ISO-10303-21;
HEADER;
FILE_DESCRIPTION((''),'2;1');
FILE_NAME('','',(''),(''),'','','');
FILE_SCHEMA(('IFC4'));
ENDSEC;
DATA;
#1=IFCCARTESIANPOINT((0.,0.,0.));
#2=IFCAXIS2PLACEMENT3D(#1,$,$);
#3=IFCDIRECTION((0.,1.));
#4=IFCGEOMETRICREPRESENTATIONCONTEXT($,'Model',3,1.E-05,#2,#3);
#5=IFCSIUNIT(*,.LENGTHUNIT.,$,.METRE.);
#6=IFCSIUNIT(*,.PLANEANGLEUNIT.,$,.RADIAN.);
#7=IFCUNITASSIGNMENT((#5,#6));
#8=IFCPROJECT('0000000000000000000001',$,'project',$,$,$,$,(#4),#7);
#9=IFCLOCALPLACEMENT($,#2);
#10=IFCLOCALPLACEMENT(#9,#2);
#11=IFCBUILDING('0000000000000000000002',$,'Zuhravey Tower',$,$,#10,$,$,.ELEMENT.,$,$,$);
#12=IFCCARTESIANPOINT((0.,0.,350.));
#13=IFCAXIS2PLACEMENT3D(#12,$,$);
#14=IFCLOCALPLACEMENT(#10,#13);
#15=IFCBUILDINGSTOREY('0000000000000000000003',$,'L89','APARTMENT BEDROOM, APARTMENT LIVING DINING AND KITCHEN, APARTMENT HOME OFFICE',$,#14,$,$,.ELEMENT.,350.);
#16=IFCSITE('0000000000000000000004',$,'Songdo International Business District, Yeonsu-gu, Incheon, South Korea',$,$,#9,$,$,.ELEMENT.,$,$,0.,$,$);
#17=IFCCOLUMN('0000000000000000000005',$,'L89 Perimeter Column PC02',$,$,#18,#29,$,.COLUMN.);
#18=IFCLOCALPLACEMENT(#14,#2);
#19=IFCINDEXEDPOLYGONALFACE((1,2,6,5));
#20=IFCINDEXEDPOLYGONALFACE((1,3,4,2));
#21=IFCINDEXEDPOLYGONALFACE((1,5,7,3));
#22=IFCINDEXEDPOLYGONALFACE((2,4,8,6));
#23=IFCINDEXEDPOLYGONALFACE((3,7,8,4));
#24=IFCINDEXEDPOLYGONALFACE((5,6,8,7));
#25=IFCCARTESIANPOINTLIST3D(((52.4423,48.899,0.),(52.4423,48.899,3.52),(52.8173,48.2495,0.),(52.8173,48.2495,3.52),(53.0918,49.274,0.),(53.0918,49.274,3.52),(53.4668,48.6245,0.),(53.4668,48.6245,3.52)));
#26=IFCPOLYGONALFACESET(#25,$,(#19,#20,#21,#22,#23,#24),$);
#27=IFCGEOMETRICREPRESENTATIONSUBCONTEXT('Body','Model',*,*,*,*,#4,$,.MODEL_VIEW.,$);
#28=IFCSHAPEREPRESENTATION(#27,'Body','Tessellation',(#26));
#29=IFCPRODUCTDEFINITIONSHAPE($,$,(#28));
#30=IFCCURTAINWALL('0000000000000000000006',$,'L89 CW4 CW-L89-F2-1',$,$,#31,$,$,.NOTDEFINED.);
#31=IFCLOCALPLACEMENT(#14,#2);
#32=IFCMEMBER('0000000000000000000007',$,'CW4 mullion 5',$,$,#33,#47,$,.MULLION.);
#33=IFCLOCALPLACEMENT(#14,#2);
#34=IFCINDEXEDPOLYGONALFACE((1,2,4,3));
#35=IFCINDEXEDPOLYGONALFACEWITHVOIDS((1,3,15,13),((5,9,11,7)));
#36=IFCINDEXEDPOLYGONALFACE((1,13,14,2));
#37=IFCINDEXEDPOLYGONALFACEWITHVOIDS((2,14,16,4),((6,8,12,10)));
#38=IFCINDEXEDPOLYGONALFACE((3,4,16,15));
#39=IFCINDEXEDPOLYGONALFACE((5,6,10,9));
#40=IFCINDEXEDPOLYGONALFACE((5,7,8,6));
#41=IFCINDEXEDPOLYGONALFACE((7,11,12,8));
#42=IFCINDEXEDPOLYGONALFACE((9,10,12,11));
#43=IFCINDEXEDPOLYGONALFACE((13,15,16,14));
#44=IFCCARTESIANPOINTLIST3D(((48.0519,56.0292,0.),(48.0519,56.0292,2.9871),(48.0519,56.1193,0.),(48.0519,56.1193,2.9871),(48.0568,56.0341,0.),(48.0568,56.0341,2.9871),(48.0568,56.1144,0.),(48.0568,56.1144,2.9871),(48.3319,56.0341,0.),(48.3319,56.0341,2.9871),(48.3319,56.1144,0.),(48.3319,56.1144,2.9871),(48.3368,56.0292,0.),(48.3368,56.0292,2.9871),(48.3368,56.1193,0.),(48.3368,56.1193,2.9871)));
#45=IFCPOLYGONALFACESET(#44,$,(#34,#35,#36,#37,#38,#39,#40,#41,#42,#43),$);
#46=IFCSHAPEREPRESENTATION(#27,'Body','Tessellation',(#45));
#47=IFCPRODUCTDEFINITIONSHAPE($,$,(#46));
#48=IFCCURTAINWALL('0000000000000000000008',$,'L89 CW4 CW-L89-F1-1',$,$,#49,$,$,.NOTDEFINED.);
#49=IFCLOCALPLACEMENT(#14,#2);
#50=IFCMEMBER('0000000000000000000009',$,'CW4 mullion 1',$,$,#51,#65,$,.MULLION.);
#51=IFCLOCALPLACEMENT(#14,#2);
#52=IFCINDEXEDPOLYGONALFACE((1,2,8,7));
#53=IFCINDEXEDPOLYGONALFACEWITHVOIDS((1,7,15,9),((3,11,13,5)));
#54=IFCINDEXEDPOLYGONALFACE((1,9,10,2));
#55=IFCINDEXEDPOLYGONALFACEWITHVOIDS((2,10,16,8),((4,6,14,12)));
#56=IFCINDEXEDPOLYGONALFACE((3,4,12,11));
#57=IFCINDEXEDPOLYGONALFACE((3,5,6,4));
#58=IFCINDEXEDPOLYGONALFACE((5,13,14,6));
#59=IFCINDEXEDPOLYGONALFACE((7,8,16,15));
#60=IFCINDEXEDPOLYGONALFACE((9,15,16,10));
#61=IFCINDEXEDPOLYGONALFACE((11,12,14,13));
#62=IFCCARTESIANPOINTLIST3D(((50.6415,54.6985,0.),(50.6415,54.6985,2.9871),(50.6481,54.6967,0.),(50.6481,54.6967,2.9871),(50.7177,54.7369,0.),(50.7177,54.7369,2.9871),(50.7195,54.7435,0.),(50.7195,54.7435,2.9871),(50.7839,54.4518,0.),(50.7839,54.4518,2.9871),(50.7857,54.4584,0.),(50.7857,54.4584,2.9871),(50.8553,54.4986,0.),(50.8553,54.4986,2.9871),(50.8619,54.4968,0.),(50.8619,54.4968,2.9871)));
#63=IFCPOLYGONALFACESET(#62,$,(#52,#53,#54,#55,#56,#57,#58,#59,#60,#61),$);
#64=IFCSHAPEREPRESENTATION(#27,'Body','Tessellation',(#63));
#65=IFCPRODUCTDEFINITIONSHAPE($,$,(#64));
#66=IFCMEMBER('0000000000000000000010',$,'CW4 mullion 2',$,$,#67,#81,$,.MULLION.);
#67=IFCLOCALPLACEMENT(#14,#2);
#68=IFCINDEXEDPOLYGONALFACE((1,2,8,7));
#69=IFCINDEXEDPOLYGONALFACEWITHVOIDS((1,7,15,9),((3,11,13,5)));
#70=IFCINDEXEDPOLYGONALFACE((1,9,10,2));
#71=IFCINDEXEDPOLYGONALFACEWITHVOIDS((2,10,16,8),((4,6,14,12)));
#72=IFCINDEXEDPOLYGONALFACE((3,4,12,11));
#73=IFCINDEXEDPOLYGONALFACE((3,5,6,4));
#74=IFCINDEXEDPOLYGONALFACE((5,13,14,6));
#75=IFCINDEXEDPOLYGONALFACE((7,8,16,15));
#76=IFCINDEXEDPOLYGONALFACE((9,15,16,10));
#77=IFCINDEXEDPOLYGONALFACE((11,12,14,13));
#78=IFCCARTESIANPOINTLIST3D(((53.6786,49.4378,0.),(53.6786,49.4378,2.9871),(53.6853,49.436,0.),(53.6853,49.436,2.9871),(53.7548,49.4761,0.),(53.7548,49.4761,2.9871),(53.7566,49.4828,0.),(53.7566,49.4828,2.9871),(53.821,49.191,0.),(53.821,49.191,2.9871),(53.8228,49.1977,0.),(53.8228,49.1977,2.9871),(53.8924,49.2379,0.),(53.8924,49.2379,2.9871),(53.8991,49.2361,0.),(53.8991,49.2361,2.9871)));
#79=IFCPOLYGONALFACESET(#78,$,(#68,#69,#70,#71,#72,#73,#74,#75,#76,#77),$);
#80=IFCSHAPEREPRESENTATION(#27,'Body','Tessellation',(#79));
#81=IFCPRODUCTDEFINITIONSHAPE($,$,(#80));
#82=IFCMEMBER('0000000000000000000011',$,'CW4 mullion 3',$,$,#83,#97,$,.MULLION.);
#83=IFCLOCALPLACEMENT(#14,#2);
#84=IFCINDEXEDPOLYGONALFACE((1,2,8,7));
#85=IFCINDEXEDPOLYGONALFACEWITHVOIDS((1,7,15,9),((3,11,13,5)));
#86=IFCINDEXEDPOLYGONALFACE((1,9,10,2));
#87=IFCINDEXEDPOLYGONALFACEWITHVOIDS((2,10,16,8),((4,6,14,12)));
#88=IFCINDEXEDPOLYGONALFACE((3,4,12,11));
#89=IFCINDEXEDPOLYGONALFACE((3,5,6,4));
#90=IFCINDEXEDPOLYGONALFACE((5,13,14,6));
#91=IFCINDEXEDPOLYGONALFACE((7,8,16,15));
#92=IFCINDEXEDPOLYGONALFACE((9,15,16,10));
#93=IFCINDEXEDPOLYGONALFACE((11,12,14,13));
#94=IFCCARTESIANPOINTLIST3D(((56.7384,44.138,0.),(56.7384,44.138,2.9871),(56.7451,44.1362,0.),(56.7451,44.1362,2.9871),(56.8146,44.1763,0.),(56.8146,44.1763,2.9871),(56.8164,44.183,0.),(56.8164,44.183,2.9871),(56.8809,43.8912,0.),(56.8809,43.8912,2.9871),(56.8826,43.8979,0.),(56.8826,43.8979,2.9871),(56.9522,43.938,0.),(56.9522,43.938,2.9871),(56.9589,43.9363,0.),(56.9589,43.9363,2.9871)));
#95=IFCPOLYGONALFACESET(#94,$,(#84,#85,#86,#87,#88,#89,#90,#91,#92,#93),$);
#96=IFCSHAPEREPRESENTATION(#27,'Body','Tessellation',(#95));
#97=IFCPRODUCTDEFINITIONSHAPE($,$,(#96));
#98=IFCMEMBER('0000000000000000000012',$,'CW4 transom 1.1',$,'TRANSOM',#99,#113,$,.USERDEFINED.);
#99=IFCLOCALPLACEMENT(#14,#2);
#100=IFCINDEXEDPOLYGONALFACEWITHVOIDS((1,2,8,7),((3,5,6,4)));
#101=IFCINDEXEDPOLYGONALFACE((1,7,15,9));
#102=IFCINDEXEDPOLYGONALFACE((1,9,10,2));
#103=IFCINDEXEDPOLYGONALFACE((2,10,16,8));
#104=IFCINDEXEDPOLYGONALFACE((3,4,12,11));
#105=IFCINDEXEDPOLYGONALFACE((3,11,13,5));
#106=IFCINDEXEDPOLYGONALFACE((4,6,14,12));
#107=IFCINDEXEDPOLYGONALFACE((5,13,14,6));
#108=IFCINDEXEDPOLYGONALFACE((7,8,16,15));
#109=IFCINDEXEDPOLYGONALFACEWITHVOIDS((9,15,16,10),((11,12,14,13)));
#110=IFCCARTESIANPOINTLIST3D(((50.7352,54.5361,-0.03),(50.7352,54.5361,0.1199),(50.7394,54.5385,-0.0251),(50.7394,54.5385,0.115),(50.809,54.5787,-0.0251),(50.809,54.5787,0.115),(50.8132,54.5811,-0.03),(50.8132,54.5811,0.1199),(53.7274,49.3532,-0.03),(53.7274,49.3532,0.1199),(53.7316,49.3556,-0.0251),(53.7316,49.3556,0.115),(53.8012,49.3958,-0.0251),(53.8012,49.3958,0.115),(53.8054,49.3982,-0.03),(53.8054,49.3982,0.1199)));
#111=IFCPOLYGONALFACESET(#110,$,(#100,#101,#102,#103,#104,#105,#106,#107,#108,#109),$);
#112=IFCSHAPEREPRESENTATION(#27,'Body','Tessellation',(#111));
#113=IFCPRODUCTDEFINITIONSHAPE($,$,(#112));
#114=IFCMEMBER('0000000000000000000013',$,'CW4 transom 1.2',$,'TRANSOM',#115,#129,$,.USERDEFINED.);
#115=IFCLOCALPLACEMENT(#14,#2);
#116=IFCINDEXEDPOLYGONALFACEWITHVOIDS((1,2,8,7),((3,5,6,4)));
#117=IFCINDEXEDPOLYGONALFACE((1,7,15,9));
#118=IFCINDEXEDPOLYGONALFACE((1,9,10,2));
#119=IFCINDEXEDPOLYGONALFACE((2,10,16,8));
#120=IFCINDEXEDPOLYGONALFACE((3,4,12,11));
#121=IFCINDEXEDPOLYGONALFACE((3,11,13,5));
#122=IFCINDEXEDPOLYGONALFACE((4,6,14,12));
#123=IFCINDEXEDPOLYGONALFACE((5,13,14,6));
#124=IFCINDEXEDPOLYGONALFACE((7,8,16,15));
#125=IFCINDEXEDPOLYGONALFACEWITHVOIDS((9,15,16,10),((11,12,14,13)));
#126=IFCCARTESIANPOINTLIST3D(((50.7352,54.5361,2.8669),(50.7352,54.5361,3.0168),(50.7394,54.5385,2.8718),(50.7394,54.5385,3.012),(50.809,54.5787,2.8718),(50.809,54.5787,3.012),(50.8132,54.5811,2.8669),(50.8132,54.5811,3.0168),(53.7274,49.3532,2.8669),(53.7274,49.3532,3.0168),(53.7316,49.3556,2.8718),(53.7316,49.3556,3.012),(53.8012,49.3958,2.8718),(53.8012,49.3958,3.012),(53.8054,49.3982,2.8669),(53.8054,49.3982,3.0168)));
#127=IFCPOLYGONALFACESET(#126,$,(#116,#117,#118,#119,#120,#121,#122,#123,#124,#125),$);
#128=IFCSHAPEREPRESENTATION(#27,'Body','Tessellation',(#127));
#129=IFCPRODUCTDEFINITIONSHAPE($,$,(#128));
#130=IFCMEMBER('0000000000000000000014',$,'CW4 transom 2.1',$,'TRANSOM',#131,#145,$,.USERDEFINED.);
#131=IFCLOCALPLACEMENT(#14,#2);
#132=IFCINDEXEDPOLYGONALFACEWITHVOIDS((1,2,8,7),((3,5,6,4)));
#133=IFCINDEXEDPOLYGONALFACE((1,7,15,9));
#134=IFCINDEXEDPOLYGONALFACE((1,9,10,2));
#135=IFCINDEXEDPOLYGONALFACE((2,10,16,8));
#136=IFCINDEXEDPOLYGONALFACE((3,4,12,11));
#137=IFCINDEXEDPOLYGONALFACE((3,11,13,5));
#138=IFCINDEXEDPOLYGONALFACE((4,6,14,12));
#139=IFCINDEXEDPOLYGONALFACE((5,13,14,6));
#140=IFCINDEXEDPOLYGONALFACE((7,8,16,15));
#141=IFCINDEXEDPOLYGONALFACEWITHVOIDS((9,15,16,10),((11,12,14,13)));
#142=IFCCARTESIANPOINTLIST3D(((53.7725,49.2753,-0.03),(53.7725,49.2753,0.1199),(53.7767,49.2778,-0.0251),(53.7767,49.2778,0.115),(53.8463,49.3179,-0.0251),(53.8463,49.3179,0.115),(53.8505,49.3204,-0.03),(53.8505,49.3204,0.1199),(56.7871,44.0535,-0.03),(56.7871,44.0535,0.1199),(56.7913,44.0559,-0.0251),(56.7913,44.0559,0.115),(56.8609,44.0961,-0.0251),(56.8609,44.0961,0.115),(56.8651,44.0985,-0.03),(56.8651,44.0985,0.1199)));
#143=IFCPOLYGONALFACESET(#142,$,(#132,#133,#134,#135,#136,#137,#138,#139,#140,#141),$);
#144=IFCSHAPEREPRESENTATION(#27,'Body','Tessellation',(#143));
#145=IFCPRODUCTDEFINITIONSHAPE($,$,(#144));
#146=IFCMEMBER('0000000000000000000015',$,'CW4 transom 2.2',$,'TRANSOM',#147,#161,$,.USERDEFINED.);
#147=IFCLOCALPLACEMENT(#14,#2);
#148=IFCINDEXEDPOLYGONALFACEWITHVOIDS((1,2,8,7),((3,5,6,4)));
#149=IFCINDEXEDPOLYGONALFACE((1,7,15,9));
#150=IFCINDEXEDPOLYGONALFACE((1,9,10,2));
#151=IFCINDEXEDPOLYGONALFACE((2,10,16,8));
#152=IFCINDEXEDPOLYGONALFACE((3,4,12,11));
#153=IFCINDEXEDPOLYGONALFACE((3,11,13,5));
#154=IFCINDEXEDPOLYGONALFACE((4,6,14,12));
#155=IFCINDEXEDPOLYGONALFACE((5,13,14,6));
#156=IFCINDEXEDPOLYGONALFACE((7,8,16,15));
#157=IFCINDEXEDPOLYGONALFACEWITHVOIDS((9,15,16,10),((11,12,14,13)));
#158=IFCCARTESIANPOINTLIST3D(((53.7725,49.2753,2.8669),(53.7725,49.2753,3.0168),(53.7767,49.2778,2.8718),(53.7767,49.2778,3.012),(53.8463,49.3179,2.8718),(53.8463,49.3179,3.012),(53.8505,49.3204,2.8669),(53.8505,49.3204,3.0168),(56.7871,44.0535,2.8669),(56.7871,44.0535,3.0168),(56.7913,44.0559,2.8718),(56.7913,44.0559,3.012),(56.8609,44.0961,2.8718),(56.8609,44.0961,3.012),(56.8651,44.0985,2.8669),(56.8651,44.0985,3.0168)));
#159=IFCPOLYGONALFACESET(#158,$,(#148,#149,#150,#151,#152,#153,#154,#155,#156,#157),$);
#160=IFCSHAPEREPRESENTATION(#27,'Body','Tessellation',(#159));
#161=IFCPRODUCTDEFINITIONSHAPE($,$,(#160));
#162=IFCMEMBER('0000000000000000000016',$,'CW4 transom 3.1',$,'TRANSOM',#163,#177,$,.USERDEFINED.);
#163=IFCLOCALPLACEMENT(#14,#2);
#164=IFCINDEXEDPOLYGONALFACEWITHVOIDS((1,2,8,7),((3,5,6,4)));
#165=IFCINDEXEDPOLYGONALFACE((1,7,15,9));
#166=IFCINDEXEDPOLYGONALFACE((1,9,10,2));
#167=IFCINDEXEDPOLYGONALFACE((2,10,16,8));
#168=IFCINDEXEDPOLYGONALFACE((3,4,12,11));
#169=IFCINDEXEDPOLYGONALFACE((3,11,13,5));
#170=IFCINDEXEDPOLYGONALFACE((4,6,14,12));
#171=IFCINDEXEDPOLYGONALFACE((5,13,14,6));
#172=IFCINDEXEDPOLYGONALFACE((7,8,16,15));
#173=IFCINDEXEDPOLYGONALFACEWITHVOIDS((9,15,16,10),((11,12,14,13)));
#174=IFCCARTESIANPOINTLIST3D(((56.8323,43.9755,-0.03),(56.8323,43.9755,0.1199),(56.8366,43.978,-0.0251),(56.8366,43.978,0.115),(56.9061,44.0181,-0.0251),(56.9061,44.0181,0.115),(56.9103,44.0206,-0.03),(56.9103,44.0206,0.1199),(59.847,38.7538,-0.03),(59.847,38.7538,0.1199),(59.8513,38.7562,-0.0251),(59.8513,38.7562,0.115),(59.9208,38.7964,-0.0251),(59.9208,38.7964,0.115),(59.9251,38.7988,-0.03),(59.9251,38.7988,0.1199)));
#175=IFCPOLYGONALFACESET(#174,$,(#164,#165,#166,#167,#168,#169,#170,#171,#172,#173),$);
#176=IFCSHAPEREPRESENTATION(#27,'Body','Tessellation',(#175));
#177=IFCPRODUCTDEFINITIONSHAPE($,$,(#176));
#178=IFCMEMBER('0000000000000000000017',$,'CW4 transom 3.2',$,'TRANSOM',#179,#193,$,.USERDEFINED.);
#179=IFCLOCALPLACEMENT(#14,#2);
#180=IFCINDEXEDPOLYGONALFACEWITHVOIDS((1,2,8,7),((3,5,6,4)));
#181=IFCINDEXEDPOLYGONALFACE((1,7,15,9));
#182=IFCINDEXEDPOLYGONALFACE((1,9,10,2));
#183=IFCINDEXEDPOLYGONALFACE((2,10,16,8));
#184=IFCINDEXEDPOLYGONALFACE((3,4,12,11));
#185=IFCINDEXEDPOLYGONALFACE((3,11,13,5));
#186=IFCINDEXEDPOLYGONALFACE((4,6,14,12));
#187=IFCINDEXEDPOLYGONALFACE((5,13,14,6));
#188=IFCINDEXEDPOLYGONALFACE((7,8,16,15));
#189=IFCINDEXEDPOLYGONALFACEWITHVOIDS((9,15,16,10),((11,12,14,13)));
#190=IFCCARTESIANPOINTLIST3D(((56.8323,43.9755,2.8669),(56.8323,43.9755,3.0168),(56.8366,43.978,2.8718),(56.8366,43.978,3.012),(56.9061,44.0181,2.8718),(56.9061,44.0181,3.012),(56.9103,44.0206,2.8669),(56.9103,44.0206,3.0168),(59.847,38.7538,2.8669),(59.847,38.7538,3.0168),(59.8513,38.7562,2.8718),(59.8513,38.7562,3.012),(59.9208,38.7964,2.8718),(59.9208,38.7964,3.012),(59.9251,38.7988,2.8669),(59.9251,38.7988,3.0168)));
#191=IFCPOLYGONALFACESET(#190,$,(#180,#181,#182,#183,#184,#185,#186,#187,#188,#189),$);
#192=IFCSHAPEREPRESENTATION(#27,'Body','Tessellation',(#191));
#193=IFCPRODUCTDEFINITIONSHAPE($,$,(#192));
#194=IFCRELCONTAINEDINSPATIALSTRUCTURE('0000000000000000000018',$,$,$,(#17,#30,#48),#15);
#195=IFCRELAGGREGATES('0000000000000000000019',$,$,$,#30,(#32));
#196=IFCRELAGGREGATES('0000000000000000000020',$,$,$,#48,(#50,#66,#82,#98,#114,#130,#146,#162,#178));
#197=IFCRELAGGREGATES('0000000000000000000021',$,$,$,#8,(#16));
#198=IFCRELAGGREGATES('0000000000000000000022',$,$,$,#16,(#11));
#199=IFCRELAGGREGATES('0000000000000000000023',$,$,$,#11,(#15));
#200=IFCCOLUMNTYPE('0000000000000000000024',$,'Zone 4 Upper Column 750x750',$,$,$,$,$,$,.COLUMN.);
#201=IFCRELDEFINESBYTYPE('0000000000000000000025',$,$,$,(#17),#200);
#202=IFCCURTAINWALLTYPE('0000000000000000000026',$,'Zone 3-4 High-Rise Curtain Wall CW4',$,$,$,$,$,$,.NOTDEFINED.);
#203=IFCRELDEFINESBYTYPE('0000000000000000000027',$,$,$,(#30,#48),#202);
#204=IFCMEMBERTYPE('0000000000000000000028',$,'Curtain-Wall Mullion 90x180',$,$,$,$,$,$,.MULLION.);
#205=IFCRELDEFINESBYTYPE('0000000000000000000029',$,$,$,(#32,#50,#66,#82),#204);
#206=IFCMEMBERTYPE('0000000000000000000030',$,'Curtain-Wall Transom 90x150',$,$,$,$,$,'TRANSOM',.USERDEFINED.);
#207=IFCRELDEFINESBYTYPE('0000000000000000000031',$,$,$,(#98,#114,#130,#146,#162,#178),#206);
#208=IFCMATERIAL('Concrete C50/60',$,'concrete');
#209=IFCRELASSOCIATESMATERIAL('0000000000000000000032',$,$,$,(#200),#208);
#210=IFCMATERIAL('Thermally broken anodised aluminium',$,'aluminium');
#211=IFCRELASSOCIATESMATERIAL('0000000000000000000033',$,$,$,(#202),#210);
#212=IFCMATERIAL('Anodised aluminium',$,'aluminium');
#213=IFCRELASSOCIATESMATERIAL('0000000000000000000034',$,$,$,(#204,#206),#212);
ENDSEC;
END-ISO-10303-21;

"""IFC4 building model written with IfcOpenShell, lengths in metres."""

from ifc_helpers import new_model, si_unit, direction, frame, origin, origin_2d, place, context, subcontext, project, spatial, rectangle, hollow_rectangle, extrude, material, material_profile, profile_set, type_object, element, aggregate, save


model = new_model("IFC4")

# Units and contexts
model_context = context("Model", 3, precision=1e-05, world=origin(), true_north=direction((0.0, 1.0)))
body_context = subcontext(model_context, "Body", "Model", "MODEL_VIEW")
ifc_project = project(units=[si_unit("LENGTHUNIT", "METRE"), si_unit("PLANEANGLEUNIT", "RADIAN")], contexts=[model_context])

# Site, building, storey
site_placement = place(None, origin())
site = spatial("IfcSite", under=ifc_project, at=site_placement, Name="Songdo International Business District, Yeonsu-gu, Incheon, South Korea", CompositionType="ELEMENT", RefElevation=0.0)
building_placement = place(site_placement, origin())
building = spatial("IfcBuilding", under=site, at=building_placement, Name="Zuhravey Tower", CompositionType="ELEMENT")
storey_placement = place(building_placement, frame((0.0, 0.0, 350.0)))
storey = spatial("IfcBuildingStorey", under=building, at=storey_placement, Name="L89", Description="APARTMENT BEDROOM, APARTMENT LIVING DINING AND KITCHEN, APARTMENT HOME OFFICE", CompositionType="ELEMENT", Elevation=350.0)

# Column
ifc_material_1 = material(Name="Concrete C50/60", Category="concrete")
ifc_material_profile_1 = material_profile(ifc_material_1, rectangle(XDim=0.75, YDim=0.75, at=origin_2d()), Name="RC-750x750")
ifc_profile_set_1 = profile_set([ifc_material_profile_1], Name="Concrete C50/60")
column_type = type_object("IfcColumnType", Name="Zone 4 Upper Column 750x750", PredefinedType="COLUMN", material=ifc_profile_set_1)
column_placement = place(storey_placement, frame((52.9546, 48.7617, 0.0), z_axis=(0.0, 0.0, 1.0), x_axis=(-0.5, 0.866025, 0.0)))
element("IfcColumn", 1, at=column_placement, inside=storey, type_object=column_type, Name="L89 Perimeter Column PC02", PredefinedType="COLUMN", context=body_context, shape_type="SweptSolid", body=[
    extrude(rectangle(XDim=0.75, YDim=0.75, at=origin_2d()), origin(), (0.0, 0.0, 1.0), 3.52),
])

# Curtain wall, member
ifc_material_2 = material(Name="Thermally broken anodised aluminium", Category="aluminium")
curtain_wall_type = type_object("IfcCurtainWallType", Name="Zone 3-4 High-Rise Curtain Wall CW4", PredefinedType="NOTDEFINED", material=ifc_material_2)
curtain_wall_1_placement = place(storey_placement, origin())
curtain_wall_1 = element("IfcCurtainWall", 2, at=curtain_wall_1_placement, inside=storey, type_object=curtain_wall_type, Name="L89 CW4 CW-L89-F2-1", PredefinedType="NOTDEFINED")
ifc_material_3 = material(Name="Anodised aluminium", Category="aluminium")
ifc_material_profile_2 = material_profile(ifc_material_3, hollow_rectangle(XDim=0.0901, YDim=0.2849, WallThickness=0.0049, at=origin_2d()), Name="ALU-RHS-90x285x5")
ifc_profile_set_2 = profile_set([ifc_material_profile_2], Name="Anodised aluminium")
member_type_1 = type_object("IfcMemberType", Name="Curtain-Wall Mullion 90x180", PredefinedType="MULLION", material=ifc_profile_set_2)
member_1_placement = place(storey_placement, frame((48.1943, 56.0742, 0.0), z_axis=(0.0, 0.0, 1.0), x_axis=(0.0, 1.0, 0.0)))
member_1 = element("IfcMember", 3, at=member_1_placement, type_object=member_type_1, Name="CW4 mullion 5", PredefinedType="MULLION", context=body_context, shape_type="SweptSolid", body=[
    extrude(hollow_rectangle(XDim=0.0901, YDim=0.2849, WallThickness=0.0049, at=origin_2d()), origin(), (0.0, 0.0, 1.0), 2.9871),
])
aggregate(curtain_wall_1, [member_1])

# Curtain wall, members
curtain_wall_2_placement = place(storey_placement, origin())
curtain_wall_2 = element("IfcCurtainWall", 4, at=curtain_wall_2_placement, inside=storey, type_object=curtain_wall_type, Name="L89 CW4 CW-L89-F1-1", PredefinedType="NOTDEFINED")
member_2_placement = place(storey_placement, frame((50.7517, 54.5977, 0.0), z_axis=(0.0, 0.0, 1.0), x_axis=(0.866026, 0.5, 0.0)))
member_2 = element("IfcMember", 5, at=member_2_placement, type_object=member_type_1, Name="CW4 mullion 1", PredefinedType="MULLION", context=body_context, shape_type="SweptSolid", body=[
    extrude(hollow_rectangle(XDim=0.0901, YDim=0.2849, WallThickness=0.0049, at=origin_2d()), origin(), (0.0, 0.0, 1.0), 2.9871),
])
member_3_placement = place(storey_placement, frame((53.7888, 49.3369, 0.0), z_axis=(0.0, 0.0, 1.0), x_axis=(0.866026, 0.5, 0.0)))
member_3 = element("IfcMember", 6, at=member_3_placement, type_object=member_type_1, Name="CW4 mullion 2", PredefinedType="MULLION", context=body_context, shape_type="SweptSolid", body=[
    extrude(hollow_rectangle(XDim=0.0901, YDim=0.2849, WallThickness=0.0049, at=origin_2d()), origin(), (0.0, 0.0, 1.0), 2.9871),
])
member_4_placement = place(storey_placement, frame((56.8486, 44.0371, 0.0), z_axis=(0.0, 0.0, 1.0), x_axis=(0.866026, 0.5, 0.0)))
member_4 = element("IfcMember", 7, at=member_4_placement, type_object=member_type_1, Name="CW4 mullion 3", PredefinedType="MULLION", context=body_context, shape_type="SweptSolid", body=[
    extrude(hollow_rectangle(XDim=0.0901, YDim=0.2849, WallThickness=0.0049, at=origin_2d()), origin(), (0.0, 0.0, 1.0), 2.9871),
])
ifc_material_profile_3 = material_profile(ifc_material_3, hollow_rectangle(XDim=0.0901, YDim=0.1499, WallThickness=0.0049, at=origin_2d()), Name="ALU-RHS-90x150x5")
ifc_profile_set_3 = profile_set([ifc_material_profile_3], Name="Anodised aluminium")
member_type_2 = type_object("IfcMemberType", Name="Curtain-Wall Transom 90x150", ElementType="TRANSOM", PredefinedType="USERDEFINED", material=ifc_profile_set_3)
member_5_placement = place(storey_placement, frame((50.7742, 54.5586, 0.0449), z_axis=(0.499983, -0.866035, 0.0), x_axis=(0.866035, 0.499983, 0.0)))
member_5 = element("IfcMember", 8, at=member_5_placement, type_object=member_type_2, Name="CW4 transom 1.1", ObjectType="TRANSOM", PredefinedType="USERDEFINED", context=body_context, shape_type="SweptSolid", body=[
    extrude(hollow_rectangle(XDim=0.0901, YDim=0.1499, WallThickness=0.0049, at=origin_2d()), origin(), (0.0, 0.0, 1.0), 5.9846),
])
member_6_placement = place(storey_placement, frame((50.7742, 54.5586, 2.9419), z_axis=(0.499983, -0.866035, 0.0), x_axis=(0.866035, 0.499983, 0.0)))
member_6 = element("IfcMember", 9, at=member_6_placement, type_object=member_type_2, Name="CW4 transom 1.2", ObjectType="TRANSOM", PredefinedType="USERDEFINED", context=body_context, shape_type="SweptSolid", body=[
    extrude(hollow_rectangle(XDim=0.0901, YDim=0.1499, WallThickness=0.0049, at=origin_2d()), origin(), (0.0, 0.0, 1.0), 5.9846),
])
member_7_placement = place(storey_placement, frame((53.8115, 49.2979, 0.0449), z_axis=(0.499971, -0.866042, 0.0), x_axis=(0.866042, 0.499971, 0.0)))
member_7 = element("IfcMember", 10, at=member_7_placement, type_object=member_type_2, Name="CW4 transom 2.1", ObjectType="TRANSOM", PredefinedType="USERDEFINED", context=body_context, shape_type="SweptSolid", body=[
    extrude(hollow_rectangle(XDim=0.0901, YDim=0.1499, WallThickness=0.0049, at=origin_2d()), origin(), (0.0, 0.0, 1.0), 6.0295),
])
member_8_placement = place(storey_placement, frame((53.8115, 49.2979, 2.9419), z_axis=(0.499971, -0.866042, 0.0), x_axis=(0.866042, 0.499971, 0.0)))
member_8 = element("IfcMember", 11, at=member_8_placement, type_object=member_type_2, Name="CW4 transom 2.2", ObjectType="TRANSOM", PredefinedType="USERDEFINED", context=body_context, shape_type="SweptSolid", body=[
    extrude(hollow_rectangle(XDim=0.0901, YDim=0.1499, WallThickness=0.0049, at=origin_2d()), origin(), (0.0, 0.0, 1.0), 6.0295),
])
member_9_placement = place(storey_placement, frame((56.8713, 43.998, 0.0449), z_axis=(0.499989, -0.866032, 0.0), x_axis=(0.866032, 0.499989, 0.0)))
member_9 = element("IfcMember", 12, at=member_9_placement, type_object=member_type_2, Name="CW4 transom 3.1", ObjectType="TRANSOM", PredefinedType="USERDEFINED", context=body_context, shape_type="SweptSolid", body=[
    extrude(hollow_rectangle(XDim=0.0901, YDim=0.1499, WallThickness=0.0049, at=origin_2d()), origin(), (0.0, 0.0, 1.0), 6.0295),
])
member_10_placement = place(storey_placement, frame((56.8713, 43.998, 2.9419), z_axis=(0.499989, -0.866032, 0.0), x_axis=(0.866032, 0.499989, 0.0)))
member_10 = element("IfcMember", 13, at=member_10_placement, type_object=member_type_2, Name="CW4 transom 3.2", ObjectType="TRANSOM", PredefinedType="USERDEFINED", context=body_context, shape_type="SweptSolid", body=[
    extrude(hollow_rectangle(XDim=0.0901, YDim=0.1499, WallThickness=0.0049, at=origin_2d()), origin(), (0.0, 0.0, 1.0), 6.0295),
])

aggregate(curtain_wall_2, [member_2, member_3, member_4, member_5, member_6, member_7, member_8, member_9, member_10])

save(model, "model.ifc")
